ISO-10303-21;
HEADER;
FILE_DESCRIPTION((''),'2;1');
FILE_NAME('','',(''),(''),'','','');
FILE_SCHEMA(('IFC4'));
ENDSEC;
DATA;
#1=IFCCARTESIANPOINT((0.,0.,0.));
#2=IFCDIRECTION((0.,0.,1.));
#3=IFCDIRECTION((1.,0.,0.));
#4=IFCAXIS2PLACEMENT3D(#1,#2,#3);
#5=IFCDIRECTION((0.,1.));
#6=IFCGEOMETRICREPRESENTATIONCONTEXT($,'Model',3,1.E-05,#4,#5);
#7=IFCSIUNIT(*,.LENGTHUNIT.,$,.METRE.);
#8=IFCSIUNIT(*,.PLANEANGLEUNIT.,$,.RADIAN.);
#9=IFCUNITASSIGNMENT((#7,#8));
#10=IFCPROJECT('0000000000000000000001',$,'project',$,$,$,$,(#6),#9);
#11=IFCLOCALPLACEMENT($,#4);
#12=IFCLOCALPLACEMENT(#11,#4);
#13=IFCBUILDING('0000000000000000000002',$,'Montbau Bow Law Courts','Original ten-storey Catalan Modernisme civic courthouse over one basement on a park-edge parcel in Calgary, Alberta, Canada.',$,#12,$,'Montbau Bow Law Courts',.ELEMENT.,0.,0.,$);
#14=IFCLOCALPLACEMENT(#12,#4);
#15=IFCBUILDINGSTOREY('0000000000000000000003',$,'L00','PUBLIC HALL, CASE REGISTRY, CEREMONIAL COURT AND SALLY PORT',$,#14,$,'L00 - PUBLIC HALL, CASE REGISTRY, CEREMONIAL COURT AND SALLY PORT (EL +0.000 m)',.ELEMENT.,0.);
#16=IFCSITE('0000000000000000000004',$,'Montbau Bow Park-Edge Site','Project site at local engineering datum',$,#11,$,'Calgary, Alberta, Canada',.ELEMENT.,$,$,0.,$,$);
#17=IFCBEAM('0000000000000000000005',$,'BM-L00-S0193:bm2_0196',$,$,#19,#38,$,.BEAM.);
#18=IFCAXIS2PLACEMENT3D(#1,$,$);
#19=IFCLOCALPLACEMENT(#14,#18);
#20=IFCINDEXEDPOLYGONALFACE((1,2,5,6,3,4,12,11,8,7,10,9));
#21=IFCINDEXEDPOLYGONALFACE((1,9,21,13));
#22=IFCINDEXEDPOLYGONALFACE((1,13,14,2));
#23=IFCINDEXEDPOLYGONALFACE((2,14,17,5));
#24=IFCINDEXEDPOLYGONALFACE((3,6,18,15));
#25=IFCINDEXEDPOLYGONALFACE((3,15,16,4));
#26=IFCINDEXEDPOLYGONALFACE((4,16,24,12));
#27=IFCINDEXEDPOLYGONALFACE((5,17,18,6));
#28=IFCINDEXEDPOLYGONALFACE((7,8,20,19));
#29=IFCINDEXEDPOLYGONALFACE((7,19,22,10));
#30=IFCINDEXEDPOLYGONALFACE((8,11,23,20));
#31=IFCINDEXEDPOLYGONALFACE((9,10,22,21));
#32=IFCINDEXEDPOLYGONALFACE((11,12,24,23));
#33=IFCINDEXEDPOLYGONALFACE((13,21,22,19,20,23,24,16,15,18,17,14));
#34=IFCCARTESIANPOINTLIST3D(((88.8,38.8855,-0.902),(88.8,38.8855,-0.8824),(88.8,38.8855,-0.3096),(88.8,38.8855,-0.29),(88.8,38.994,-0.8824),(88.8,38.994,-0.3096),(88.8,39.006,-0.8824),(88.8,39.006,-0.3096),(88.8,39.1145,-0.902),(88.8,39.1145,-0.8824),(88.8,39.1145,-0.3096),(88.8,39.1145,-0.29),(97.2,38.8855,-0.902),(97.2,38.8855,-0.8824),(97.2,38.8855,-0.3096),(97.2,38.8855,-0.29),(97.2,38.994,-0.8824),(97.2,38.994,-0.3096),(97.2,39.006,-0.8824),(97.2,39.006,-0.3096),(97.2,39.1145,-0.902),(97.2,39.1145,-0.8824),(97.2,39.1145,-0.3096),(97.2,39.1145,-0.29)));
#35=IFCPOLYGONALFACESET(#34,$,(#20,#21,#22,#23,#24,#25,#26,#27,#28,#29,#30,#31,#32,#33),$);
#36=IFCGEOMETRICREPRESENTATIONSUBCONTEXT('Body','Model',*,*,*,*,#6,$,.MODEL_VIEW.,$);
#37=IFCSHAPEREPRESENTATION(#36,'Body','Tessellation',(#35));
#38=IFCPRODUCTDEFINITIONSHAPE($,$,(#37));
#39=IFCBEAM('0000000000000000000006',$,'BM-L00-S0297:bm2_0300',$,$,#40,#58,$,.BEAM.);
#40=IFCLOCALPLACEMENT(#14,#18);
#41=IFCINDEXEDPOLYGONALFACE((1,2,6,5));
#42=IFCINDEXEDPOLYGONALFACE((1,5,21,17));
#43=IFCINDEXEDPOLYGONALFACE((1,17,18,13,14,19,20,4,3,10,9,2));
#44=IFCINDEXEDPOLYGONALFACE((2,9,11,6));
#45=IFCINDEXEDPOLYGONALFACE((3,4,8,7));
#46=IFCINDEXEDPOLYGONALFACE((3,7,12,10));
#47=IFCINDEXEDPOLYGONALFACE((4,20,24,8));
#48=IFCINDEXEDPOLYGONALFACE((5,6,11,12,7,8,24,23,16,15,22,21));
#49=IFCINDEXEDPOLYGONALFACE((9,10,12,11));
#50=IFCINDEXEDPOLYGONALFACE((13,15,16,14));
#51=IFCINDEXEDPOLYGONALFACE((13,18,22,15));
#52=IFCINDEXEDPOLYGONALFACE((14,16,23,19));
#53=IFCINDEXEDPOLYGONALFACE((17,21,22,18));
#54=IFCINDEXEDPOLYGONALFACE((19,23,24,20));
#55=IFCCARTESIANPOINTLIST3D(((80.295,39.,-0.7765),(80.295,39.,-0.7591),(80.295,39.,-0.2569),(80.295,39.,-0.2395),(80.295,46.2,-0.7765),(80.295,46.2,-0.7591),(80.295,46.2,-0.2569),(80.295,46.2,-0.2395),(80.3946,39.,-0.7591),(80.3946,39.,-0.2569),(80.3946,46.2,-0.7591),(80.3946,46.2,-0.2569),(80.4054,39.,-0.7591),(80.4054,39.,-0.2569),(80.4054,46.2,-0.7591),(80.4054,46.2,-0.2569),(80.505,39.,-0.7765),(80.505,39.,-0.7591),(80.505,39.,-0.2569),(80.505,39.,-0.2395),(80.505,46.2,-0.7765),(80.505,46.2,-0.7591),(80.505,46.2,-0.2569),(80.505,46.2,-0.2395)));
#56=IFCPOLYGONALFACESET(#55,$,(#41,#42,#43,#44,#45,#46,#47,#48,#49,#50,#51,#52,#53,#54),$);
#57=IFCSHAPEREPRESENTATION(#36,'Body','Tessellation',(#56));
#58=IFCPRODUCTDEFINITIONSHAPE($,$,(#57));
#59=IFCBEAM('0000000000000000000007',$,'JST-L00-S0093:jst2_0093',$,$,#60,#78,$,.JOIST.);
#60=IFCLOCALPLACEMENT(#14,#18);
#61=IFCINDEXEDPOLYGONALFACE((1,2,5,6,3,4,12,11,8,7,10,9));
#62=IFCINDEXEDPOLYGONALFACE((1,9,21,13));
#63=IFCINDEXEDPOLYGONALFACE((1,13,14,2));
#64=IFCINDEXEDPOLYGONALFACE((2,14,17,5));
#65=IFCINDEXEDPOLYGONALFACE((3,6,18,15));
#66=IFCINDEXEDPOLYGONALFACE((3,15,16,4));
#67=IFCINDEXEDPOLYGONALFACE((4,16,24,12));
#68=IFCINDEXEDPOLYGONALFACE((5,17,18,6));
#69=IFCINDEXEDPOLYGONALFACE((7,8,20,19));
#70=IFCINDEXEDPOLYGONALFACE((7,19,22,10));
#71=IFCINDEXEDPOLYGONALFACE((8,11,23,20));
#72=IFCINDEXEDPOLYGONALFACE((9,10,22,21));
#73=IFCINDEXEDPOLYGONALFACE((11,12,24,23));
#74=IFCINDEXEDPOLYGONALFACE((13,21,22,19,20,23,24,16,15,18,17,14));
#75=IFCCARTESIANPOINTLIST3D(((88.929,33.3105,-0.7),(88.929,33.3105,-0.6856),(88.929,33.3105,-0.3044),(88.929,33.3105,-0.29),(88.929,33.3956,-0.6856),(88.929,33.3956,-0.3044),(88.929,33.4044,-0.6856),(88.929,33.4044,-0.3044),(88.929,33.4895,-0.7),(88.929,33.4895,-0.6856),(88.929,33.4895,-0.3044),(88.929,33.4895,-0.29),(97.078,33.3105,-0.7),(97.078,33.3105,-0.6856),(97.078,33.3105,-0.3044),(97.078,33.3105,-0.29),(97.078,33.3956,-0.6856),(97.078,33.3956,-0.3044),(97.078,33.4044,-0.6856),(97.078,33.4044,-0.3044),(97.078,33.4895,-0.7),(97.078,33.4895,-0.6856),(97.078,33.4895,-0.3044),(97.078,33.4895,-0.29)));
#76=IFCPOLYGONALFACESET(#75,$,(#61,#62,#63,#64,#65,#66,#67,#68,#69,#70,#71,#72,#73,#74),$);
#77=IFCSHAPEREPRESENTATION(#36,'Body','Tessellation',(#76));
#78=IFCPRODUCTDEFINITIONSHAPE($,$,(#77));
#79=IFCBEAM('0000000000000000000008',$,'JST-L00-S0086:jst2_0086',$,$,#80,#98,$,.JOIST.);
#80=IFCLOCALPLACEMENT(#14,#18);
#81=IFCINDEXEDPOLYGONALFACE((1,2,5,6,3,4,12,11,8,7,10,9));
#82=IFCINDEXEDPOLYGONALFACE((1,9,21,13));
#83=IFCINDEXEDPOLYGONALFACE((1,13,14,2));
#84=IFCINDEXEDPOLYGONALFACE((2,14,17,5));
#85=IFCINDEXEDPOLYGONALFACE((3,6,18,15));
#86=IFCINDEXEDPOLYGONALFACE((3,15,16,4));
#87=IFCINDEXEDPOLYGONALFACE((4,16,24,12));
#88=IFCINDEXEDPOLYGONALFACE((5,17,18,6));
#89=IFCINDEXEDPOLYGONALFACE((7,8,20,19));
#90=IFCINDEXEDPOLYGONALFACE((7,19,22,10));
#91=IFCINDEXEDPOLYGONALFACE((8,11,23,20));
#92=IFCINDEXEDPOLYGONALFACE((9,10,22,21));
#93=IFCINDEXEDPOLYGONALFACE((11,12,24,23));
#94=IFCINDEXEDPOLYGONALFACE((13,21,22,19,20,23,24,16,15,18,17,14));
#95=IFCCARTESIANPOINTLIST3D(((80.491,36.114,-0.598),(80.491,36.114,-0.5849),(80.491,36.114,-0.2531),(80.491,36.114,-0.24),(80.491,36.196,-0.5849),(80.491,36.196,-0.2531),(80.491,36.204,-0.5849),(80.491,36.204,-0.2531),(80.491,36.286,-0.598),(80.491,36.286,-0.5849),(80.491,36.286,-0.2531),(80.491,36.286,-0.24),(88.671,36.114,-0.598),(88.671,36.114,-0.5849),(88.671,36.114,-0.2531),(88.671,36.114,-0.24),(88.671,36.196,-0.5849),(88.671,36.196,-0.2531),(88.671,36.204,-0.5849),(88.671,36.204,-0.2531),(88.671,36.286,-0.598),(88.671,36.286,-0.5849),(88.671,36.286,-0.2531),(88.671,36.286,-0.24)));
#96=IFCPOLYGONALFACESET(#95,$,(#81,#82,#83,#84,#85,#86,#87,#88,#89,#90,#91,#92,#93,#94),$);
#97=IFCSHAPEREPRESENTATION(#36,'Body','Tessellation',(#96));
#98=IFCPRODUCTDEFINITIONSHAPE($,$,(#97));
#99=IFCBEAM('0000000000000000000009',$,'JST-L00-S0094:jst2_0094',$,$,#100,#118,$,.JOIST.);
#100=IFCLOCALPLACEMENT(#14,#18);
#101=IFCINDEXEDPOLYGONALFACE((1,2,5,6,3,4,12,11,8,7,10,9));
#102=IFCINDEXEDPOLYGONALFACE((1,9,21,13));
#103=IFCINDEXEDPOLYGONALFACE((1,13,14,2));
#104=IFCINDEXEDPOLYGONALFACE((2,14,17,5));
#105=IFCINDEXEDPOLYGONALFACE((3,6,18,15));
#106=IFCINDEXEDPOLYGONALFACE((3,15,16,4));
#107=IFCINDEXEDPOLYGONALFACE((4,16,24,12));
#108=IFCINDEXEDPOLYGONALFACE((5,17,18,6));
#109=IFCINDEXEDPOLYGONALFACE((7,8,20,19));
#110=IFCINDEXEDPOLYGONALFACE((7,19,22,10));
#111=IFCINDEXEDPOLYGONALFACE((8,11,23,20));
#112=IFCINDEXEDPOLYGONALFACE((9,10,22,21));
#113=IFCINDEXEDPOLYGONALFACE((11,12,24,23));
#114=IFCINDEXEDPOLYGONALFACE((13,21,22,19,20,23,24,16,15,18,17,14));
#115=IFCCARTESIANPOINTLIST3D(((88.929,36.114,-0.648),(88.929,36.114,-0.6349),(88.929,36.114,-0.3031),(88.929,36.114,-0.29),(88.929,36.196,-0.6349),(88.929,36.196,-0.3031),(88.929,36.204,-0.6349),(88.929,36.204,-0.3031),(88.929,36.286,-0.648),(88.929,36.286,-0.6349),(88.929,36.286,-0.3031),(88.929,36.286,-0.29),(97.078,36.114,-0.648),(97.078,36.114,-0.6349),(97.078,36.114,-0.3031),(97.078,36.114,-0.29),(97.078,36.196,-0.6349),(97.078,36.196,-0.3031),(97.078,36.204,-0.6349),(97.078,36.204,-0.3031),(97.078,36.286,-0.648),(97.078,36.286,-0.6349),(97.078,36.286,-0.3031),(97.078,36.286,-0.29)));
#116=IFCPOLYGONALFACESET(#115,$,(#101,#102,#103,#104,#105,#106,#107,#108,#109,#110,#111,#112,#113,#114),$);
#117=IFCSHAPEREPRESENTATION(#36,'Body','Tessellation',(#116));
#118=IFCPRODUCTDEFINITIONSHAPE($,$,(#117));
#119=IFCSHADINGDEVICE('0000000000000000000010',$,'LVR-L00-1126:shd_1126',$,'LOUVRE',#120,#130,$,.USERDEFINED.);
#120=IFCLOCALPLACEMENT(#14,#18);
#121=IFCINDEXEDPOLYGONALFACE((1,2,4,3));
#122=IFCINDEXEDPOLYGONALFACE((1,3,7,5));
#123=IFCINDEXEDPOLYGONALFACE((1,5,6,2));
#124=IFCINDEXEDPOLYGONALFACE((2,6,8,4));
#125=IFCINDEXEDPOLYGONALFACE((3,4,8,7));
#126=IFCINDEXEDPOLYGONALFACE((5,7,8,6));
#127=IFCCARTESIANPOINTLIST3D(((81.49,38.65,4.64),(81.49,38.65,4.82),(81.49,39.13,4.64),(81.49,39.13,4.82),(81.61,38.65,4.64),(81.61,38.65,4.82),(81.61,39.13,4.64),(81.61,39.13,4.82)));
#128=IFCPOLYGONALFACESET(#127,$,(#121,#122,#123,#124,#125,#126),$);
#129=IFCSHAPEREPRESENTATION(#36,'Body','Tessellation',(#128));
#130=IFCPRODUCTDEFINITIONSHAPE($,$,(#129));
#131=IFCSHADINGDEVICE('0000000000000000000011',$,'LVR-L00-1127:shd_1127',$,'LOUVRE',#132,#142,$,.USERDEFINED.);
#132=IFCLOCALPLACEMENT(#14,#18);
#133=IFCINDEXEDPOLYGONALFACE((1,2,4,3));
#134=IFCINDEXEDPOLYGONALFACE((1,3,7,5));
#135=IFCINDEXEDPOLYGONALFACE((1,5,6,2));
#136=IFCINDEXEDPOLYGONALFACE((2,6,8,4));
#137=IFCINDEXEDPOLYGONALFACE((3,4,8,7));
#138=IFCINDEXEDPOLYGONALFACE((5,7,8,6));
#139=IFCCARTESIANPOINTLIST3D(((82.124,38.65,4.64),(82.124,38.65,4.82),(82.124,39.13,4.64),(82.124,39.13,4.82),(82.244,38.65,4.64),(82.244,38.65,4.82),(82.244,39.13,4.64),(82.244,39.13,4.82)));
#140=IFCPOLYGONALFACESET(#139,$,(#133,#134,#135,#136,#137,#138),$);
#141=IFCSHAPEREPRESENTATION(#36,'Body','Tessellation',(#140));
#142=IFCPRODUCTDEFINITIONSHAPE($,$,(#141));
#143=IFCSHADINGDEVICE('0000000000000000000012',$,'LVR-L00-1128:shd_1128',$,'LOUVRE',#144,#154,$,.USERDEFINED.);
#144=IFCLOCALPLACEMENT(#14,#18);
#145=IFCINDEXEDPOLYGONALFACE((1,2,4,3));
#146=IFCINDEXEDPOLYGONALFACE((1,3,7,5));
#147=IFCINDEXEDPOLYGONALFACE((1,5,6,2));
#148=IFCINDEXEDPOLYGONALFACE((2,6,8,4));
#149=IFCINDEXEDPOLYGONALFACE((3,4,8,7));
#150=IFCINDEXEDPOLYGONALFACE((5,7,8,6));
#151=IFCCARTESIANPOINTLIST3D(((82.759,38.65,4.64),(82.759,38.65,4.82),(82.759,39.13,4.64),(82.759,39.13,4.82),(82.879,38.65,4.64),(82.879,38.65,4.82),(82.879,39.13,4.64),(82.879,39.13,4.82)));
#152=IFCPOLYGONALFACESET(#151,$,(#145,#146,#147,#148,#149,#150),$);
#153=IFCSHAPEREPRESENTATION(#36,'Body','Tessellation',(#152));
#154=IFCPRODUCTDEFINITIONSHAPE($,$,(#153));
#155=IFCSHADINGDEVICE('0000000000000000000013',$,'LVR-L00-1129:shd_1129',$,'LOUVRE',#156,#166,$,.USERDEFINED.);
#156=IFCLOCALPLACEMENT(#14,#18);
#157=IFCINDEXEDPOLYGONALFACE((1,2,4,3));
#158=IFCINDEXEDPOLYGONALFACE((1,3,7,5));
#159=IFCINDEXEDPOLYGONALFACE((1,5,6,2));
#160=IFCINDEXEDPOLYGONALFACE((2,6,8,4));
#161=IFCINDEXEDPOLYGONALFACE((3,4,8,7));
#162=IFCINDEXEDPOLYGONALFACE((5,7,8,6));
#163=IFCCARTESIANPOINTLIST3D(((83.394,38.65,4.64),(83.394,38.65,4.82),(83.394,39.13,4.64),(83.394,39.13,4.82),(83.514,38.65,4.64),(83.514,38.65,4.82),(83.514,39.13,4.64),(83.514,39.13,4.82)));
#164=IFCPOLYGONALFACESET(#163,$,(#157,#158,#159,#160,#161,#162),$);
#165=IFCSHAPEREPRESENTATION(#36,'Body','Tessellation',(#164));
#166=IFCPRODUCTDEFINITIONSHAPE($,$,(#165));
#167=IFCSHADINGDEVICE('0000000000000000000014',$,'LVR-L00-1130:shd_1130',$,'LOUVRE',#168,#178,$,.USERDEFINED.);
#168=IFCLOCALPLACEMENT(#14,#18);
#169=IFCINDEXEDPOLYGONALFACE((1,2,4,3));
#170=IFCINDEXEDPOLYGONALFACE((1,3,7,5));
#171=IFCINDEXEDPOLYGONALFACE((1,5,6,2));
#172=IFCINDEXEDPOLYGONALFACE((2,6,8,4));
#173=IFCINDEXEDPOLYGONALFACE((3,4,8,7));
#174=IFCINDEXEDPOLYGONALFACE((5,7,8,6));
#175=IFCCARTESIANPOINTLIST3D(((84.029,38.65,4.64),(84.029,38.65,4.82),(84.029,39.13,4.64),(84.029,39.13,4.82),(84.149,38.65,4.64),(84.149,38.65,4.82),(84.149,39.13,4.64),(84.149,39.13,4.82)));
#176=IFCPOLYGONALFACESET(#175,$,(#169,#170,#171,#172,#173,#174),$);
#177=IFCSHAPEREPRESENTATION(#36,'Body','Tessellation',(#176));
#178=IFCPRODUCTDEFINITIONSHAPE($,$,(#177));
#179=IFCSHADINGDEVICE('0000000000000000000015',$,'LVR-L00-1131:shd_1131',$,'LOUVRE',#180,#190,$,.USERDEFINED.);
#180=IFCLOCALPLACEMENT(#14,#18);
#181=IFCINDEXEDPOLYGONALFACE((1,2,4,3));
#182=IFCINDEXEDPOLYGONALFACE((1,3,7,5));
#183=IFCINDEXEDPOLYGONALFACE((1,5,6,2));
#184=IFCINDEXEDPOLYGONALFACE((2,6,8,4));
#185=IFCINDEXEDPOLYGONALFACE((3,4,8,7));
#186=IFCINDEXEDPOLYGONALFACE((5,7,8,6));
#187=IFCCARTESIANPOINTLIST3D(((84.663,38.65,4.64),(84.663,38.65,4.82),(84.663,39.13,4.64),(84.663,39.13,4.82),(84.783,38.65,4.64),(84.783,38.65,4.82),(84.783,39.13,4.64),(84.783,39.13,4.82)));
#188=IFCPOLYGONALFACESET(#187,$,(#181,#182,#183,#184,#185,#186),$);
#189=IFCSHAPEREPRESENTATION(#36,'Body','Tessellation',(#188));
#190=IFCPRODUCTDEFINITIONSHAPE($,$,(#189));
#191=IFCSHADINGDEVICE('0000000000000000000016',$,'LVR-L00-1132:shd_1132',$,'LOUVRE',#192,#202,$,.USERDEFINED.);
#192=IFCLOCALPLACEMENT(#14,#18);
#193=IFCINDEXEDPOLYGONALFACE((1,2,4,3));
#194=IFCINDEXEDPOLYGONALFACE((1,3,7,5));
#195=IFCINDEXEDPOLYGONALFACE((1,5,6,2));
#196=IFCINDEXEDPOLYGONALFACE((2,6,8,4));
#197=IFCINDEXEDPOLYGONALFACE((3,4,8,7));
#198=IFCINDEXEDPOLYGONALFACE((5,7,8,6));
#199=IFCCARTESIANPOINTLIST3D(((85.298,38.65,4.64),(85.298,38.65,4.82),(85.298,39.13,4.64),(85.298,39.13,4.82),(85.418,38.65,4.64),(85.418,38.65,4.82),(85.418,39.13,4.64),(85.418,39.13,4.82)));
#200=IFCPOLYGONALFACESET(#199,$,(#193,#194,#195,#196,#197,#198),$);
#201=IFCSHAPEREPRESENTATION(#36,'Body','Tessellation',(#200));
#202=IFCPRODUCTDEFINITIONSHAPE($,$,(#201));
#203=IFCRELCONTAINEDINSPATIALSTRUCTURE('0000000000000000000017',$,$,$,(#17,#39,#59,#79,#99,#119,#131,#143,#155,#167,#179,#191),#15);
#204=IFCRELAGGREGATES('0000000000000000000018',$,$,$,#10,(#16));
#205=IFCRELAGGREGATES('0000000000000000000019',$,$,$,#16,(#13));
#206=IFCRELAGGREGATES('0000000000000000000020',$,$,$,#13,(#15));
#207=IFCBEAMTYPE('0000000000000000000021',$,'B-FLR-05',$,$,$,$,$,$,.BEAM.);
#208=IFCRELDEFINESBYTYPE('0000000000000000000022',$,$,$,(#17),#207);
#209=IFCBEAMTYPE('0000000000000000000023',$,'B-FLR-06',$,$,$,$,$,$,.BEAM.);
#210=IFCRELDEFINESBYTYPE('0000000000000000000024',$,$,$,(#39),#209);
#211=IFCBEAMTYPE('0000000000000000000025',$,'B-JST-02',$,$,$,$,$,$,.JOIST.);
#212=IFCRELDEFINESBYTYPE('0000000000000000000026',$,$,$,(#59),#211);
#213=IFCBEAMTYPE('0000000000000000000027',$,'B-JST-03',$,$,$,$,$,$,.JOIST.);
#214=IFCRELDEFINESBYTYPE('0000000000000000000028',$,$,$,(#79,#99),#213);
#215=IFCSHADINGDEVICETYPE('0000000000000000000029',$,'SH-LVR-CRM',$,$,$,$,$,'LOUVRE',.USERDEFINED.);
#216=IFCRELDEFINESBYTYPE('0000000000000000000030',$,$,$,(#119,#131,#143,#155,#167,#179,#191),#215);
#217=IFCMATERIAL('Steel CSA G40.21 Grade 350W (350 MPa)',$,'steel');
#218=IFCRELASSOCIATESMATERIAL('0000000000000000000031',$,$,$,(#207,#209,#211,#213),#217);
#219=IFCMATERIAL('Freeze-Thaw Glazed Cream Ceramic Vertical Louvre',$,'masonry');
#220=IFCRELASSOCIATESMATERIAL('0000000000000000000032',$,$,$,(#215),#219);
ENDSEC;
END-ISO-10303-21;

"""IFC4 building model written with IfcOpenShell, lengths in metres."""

from ifc_helpers import new_model, si_unit, direction, frame, origin_with_axes, origin_2d_with_axis, place, context, subcontext, project, spatial, rectangle, i_section, extrude, material, material_profile, profile_set, type_object, element, save


model = new_model("IFC4")

# Units and contexts
model_context = context("Model", 3, precision=1e-05, world=origin_with_axes(), true_north=direction((0.0, 1.0)))
body_context = subcontext(model_context, "Body", "Model", "MODEL_VIEW")
ifc_project = project(units=[si_unit("LENGTHUNIT", "METRE"), si_unit("PLANEANGLEUNIT", "RADIAN")], contexts=[model_context])

# Site, building, storey
site_placement = place(None, origin_with_axes())
site = spatial("IfcSite", under=ifc_project, at=site_placement, Name="Montbau Bow Park-Edge Site", Description="Project site at local engineering datum", LongName="Calgary, Alberta, Canada", CompositionType="ELEMENT", RefElevation=0.0)
building_placement = place(site_placement, origin_with_axes())
building = spatial("IfcBuilding", under=site, at=building_placement, Name="Montbau Bow Law Courts", Description="Original ten-storey Catalan Modernisme civic courthouse over one basement on a park-edge parcel in Calgary, Alberta, Canada.", LongName="Montbau Bow Law Courts", CompositionType="ELEMENT", ElevationOfRefHeight=0.0, ElevationOfTerrain=0.0)
storey_placement = place(building_placement, origin_with_axes())
storey = spatial("IfcBuildingStorey", under=building, at=storey_placement, Name="L00", Description="PUBLIC HALL, CASE REGISTRY, CEREMONIAL COURT AND SALLY PORT", LongName="L00 - PUBLIC HALL, CASE REGISTRY, CEREMONIAL COURT AND SALLY PORT (EL +0.000 m)", CompositionType="ELEMENT", Elevation=0.0)

# Beams
ifc_material_1 = material(Name="Steel CSA G40.21 Grade 350W (350 MPa)", Category="steel")
ifc_material_profile_1 = material_profile(ifc_material_1, i_section(OverallWidth=0.229, OverallDepth=0.612, WebThickness=0.0119, FlangeThickness=0.0196, at=origin_2d_with_axis()), Name="W610X125", Category="Main", Priority=0)
ifc_profile_set_1 = profile_set([ifc_material_profile_1], Name="Steel CSA G40.21 Grade 350W (350 MPa)")
beam_type_1 = type_object("IfcBeamType", Name="B-FLR-05", PredefinedType="BEAM", material=ifc_profile_set_1)
beam_1_placement = place(None, frame((88.8, 39.0, -0.596), z_axis=(1.0, 0.0, 0.0), x_axis=(0.0, 1.0, 0.0)))
element("IfcBeam", 1, at=beam_1_placement, inside=storey, type_object=beam_type_1, Name="BM-L00-S0193:bm2_0196", PredefinedType="BEAM", context=body_context, shape_type="SweptSolid", body=[
    extrude(i_section(OverallWidth=0.229, OverallDepth=0.612, WebThickness=0.0119, FlangeThickness=0.0196, at=origin_2d_with_axis()), origin_with_axes(), (0.0, 0.0, 1.0), 8.4),
])
ifc_material_profile_2 = material_profile(ifc_material_1, i_section(OverallWidth=0.21, OverallDepth=0.537, WebThickness=0.0109, FlangeThickness=0.0174, at=origin_2d_with_axis()), Name="W530X101", Category="Main", Priority=0)
ifc_profile_set_2 = profile_set([ifc_material_profile_2], Name="Steel CSA G40.21 Grade 350W (350 MPa)")
beam_type_2 = type_object("IfcBeamType", Name="B-FLR-06", PredefinedType="BEAM", material=ifc_profile_set_2)
beam_2_placement = place(None, frame((80.4, 39.0, -0.508), z_axis=(0.0, 1.0, 0.0), x_axis=(-1.0, 0.0, 0.0)))
element("IfcBeam", 2, at=beam_2_placement, inside=storey, type_object=beam_type_2, Name="BM-L00-S0297:bm2_0300", PredefinedType="BEAM", context=body_context, shape_type="SweptSolid", body=[
    extrude(i_section(OverallWidth=0.21, OverallDepth=0.537, WebThickness=0.0109, FlangeThickness=0.0174, at=origin_2d_with_axis()), origin_with_axes(), (0.0, 0.0, 1.0), 7.2),
])
ifc_material_profile_3 = material_profile(ifc_material_1, i_section(OverallWidth=0.179, OverallDepth=0.41, WebThickness=0.0088, FlangeThickness=0.0144, at=origin_2d_with_axis()), Name="W410X67", Category="Main", Priority=0)
ifc_profile_set_3 = profile_set([ifc_material_profile_3], Name="Steel CSA G40.21 Grade 350W (350 MPa)")
beam_type_3 = type_object("IfcBeamType", Name="B-JST-02", PredefinedType="JOIST", material=ifc_profile_set_3)
beam_3_placement = place(None, frame((88.929, 33.4, -0.495), z_axis=(1.0, 0.0, 0.0), x_axis=(0.0, 1.0, 0.0)))
element("IfcBeam", 3, at=beam_3_placement, inside=storey, type_object=beam_type_3, Name="JST-L00-S0093:jst2_0093", PredefinedType="JOIST", context=body_context, shape_type="SweptSolid", body=[
    extrude(i_section(OverallWidth=0.179, OverallDepth=0.41, WebThickness=0.0088, FlangeThickness=0.0144, at=origin_2d_with_axis()), origin_with_axes(), (0.0, 0.0, 1.0), 8.149),
])
ifc_material_profile_4 = material_profile(ifc_material_1, i_section(OverallWidth=0.172, OverallDepth=0.358, WebThickness=0.0079, FlangeThickness=0.0131, at=origin_2d_with_axis()), Name="W360X57", Category="Main", Priority=0)
ifc_profile_set_4 = profile_set([ifc_material_profile_4], Name="Steel CSA G40.21 Grade 350W (350 MPa)")
beam_type_4 = type_object("IfcBeamType", Name="B-JST-03", PredefinedType="JOIST", material=ifc_profile_set_4)
beam_4_placement = place(None, frame((80.491, 36.2, -0.419), z_axis=(1.0, 0.0, 0.0), x_axis=(0.0, 1.0, 0.0)))
element("IfcBeam", 4, at=beam_4_placement, inside=storey, type_object=beam_type_4, Name="JST-L00-S0086:jst2_0086", PredefinedType="JOIST", context=body_context, shape_type="SweptSolid", body=[
    extrude(i_section(OverallWidth=0.172, OverallDepth=0.358, WebThickness=0.0079, FlangeThickness=0.0131, at=origin_2d_with_axis()), origin_with_axes(), (0.0, 0.0, 1.0), 8.18),
])
beam_5_placement = place(None, frame((88.929, 36.2, -0.469), z_axis=(1.0, 0.0, 0.0), x_axis=(0.0, 1.0, 0.0)))
element("IfcBeam", 5, at=beam_5_placement, inside=storey, type_object=beam_type_4, Name="JST-L00-S0094:jst2_0094", PredefinedType="JOIST", context=body_context, shape_type="SweptSolid", body=[
    extrude(i_section(OverallWidth=0.172, OverallDepth=0.358, WebThickness=0.0079, FlangeThickness=0.0131, at=origin_2d_with_axis()), origin_with_axes(), (0.0, 0.0, 1.0), 8.149),
])

# Shading devices
ifc_material_2 = material(Name="Freeze-Thaw Glazed Cream Ceramic Vertical Louvre", Category="masonry")
shading_device_type = type_object("IfcShadingDeviceType", Name="SH-LVR-CRM", ElementType="LOUVRE", PredefinedType="USERDEFINED", material=ifc_material_2)
for number, where, z_axis, x_axis, name in (
    (6, (81.55, 38.89, 4.64), (0.0, 0.0, 1.0), (0.0, -1.0, 0.0), "LVR-L00-1126:shd_1126"),
    (7, (82.184, 38.89, 4.64), (0.0, 0.0, 1.0), (0.0, -1.0, 0.0), "LVR-L00-1127:shd_1127"),
    (8, (82.819, 38.89, 4.64), (0.0, 0.0, 1.0), (0.0, -1.0, 0.0), "LVR-L00-1128:shd_1128"),
    (9, (83.454, 38.89, 4.64), (0.0, 0.0, 1.0), (0.0, -1.0, 0.0), "LVR-L00-1129:shd_1129"),
    (10, (84.089, 38.89, 4.64), (0.0, 0.0, 1.0), (0.0, -1.0, 0.0), "LVR-L00-1130:shd_1130"),
    (11, (84.723, 38.89, 4.64), (0.0, 0.0, 1.0), (0.0, -1.0, 0.0), "LVR-L00-1131:shd_1131"),
    (12, (85.358, 38.89, 4.64), (0.0, 0.0, 1.0), (0.0, -1.0, 0.0), "LVR-L00-1132:shd_1132"),
):
    element("IfcShadingDevice", number, at=place(None, frame(where, z_axis=z_axis, x_axis=x_axis)), inside=storey, type_object=shading_device_type, Name=name, ObjectType="LOUVRE", PredefinedType="USERDEFINED", context=body_context, shape_type="SweptSolid", body=[
        extrude(rectangle(XDim=0.48, YDim=0.12, at=origin_2d_with_axis()), origin_with_axes(), (0.0, 0.0, 1.0), 0.18),
    ])

save(model, "model.ifc")
